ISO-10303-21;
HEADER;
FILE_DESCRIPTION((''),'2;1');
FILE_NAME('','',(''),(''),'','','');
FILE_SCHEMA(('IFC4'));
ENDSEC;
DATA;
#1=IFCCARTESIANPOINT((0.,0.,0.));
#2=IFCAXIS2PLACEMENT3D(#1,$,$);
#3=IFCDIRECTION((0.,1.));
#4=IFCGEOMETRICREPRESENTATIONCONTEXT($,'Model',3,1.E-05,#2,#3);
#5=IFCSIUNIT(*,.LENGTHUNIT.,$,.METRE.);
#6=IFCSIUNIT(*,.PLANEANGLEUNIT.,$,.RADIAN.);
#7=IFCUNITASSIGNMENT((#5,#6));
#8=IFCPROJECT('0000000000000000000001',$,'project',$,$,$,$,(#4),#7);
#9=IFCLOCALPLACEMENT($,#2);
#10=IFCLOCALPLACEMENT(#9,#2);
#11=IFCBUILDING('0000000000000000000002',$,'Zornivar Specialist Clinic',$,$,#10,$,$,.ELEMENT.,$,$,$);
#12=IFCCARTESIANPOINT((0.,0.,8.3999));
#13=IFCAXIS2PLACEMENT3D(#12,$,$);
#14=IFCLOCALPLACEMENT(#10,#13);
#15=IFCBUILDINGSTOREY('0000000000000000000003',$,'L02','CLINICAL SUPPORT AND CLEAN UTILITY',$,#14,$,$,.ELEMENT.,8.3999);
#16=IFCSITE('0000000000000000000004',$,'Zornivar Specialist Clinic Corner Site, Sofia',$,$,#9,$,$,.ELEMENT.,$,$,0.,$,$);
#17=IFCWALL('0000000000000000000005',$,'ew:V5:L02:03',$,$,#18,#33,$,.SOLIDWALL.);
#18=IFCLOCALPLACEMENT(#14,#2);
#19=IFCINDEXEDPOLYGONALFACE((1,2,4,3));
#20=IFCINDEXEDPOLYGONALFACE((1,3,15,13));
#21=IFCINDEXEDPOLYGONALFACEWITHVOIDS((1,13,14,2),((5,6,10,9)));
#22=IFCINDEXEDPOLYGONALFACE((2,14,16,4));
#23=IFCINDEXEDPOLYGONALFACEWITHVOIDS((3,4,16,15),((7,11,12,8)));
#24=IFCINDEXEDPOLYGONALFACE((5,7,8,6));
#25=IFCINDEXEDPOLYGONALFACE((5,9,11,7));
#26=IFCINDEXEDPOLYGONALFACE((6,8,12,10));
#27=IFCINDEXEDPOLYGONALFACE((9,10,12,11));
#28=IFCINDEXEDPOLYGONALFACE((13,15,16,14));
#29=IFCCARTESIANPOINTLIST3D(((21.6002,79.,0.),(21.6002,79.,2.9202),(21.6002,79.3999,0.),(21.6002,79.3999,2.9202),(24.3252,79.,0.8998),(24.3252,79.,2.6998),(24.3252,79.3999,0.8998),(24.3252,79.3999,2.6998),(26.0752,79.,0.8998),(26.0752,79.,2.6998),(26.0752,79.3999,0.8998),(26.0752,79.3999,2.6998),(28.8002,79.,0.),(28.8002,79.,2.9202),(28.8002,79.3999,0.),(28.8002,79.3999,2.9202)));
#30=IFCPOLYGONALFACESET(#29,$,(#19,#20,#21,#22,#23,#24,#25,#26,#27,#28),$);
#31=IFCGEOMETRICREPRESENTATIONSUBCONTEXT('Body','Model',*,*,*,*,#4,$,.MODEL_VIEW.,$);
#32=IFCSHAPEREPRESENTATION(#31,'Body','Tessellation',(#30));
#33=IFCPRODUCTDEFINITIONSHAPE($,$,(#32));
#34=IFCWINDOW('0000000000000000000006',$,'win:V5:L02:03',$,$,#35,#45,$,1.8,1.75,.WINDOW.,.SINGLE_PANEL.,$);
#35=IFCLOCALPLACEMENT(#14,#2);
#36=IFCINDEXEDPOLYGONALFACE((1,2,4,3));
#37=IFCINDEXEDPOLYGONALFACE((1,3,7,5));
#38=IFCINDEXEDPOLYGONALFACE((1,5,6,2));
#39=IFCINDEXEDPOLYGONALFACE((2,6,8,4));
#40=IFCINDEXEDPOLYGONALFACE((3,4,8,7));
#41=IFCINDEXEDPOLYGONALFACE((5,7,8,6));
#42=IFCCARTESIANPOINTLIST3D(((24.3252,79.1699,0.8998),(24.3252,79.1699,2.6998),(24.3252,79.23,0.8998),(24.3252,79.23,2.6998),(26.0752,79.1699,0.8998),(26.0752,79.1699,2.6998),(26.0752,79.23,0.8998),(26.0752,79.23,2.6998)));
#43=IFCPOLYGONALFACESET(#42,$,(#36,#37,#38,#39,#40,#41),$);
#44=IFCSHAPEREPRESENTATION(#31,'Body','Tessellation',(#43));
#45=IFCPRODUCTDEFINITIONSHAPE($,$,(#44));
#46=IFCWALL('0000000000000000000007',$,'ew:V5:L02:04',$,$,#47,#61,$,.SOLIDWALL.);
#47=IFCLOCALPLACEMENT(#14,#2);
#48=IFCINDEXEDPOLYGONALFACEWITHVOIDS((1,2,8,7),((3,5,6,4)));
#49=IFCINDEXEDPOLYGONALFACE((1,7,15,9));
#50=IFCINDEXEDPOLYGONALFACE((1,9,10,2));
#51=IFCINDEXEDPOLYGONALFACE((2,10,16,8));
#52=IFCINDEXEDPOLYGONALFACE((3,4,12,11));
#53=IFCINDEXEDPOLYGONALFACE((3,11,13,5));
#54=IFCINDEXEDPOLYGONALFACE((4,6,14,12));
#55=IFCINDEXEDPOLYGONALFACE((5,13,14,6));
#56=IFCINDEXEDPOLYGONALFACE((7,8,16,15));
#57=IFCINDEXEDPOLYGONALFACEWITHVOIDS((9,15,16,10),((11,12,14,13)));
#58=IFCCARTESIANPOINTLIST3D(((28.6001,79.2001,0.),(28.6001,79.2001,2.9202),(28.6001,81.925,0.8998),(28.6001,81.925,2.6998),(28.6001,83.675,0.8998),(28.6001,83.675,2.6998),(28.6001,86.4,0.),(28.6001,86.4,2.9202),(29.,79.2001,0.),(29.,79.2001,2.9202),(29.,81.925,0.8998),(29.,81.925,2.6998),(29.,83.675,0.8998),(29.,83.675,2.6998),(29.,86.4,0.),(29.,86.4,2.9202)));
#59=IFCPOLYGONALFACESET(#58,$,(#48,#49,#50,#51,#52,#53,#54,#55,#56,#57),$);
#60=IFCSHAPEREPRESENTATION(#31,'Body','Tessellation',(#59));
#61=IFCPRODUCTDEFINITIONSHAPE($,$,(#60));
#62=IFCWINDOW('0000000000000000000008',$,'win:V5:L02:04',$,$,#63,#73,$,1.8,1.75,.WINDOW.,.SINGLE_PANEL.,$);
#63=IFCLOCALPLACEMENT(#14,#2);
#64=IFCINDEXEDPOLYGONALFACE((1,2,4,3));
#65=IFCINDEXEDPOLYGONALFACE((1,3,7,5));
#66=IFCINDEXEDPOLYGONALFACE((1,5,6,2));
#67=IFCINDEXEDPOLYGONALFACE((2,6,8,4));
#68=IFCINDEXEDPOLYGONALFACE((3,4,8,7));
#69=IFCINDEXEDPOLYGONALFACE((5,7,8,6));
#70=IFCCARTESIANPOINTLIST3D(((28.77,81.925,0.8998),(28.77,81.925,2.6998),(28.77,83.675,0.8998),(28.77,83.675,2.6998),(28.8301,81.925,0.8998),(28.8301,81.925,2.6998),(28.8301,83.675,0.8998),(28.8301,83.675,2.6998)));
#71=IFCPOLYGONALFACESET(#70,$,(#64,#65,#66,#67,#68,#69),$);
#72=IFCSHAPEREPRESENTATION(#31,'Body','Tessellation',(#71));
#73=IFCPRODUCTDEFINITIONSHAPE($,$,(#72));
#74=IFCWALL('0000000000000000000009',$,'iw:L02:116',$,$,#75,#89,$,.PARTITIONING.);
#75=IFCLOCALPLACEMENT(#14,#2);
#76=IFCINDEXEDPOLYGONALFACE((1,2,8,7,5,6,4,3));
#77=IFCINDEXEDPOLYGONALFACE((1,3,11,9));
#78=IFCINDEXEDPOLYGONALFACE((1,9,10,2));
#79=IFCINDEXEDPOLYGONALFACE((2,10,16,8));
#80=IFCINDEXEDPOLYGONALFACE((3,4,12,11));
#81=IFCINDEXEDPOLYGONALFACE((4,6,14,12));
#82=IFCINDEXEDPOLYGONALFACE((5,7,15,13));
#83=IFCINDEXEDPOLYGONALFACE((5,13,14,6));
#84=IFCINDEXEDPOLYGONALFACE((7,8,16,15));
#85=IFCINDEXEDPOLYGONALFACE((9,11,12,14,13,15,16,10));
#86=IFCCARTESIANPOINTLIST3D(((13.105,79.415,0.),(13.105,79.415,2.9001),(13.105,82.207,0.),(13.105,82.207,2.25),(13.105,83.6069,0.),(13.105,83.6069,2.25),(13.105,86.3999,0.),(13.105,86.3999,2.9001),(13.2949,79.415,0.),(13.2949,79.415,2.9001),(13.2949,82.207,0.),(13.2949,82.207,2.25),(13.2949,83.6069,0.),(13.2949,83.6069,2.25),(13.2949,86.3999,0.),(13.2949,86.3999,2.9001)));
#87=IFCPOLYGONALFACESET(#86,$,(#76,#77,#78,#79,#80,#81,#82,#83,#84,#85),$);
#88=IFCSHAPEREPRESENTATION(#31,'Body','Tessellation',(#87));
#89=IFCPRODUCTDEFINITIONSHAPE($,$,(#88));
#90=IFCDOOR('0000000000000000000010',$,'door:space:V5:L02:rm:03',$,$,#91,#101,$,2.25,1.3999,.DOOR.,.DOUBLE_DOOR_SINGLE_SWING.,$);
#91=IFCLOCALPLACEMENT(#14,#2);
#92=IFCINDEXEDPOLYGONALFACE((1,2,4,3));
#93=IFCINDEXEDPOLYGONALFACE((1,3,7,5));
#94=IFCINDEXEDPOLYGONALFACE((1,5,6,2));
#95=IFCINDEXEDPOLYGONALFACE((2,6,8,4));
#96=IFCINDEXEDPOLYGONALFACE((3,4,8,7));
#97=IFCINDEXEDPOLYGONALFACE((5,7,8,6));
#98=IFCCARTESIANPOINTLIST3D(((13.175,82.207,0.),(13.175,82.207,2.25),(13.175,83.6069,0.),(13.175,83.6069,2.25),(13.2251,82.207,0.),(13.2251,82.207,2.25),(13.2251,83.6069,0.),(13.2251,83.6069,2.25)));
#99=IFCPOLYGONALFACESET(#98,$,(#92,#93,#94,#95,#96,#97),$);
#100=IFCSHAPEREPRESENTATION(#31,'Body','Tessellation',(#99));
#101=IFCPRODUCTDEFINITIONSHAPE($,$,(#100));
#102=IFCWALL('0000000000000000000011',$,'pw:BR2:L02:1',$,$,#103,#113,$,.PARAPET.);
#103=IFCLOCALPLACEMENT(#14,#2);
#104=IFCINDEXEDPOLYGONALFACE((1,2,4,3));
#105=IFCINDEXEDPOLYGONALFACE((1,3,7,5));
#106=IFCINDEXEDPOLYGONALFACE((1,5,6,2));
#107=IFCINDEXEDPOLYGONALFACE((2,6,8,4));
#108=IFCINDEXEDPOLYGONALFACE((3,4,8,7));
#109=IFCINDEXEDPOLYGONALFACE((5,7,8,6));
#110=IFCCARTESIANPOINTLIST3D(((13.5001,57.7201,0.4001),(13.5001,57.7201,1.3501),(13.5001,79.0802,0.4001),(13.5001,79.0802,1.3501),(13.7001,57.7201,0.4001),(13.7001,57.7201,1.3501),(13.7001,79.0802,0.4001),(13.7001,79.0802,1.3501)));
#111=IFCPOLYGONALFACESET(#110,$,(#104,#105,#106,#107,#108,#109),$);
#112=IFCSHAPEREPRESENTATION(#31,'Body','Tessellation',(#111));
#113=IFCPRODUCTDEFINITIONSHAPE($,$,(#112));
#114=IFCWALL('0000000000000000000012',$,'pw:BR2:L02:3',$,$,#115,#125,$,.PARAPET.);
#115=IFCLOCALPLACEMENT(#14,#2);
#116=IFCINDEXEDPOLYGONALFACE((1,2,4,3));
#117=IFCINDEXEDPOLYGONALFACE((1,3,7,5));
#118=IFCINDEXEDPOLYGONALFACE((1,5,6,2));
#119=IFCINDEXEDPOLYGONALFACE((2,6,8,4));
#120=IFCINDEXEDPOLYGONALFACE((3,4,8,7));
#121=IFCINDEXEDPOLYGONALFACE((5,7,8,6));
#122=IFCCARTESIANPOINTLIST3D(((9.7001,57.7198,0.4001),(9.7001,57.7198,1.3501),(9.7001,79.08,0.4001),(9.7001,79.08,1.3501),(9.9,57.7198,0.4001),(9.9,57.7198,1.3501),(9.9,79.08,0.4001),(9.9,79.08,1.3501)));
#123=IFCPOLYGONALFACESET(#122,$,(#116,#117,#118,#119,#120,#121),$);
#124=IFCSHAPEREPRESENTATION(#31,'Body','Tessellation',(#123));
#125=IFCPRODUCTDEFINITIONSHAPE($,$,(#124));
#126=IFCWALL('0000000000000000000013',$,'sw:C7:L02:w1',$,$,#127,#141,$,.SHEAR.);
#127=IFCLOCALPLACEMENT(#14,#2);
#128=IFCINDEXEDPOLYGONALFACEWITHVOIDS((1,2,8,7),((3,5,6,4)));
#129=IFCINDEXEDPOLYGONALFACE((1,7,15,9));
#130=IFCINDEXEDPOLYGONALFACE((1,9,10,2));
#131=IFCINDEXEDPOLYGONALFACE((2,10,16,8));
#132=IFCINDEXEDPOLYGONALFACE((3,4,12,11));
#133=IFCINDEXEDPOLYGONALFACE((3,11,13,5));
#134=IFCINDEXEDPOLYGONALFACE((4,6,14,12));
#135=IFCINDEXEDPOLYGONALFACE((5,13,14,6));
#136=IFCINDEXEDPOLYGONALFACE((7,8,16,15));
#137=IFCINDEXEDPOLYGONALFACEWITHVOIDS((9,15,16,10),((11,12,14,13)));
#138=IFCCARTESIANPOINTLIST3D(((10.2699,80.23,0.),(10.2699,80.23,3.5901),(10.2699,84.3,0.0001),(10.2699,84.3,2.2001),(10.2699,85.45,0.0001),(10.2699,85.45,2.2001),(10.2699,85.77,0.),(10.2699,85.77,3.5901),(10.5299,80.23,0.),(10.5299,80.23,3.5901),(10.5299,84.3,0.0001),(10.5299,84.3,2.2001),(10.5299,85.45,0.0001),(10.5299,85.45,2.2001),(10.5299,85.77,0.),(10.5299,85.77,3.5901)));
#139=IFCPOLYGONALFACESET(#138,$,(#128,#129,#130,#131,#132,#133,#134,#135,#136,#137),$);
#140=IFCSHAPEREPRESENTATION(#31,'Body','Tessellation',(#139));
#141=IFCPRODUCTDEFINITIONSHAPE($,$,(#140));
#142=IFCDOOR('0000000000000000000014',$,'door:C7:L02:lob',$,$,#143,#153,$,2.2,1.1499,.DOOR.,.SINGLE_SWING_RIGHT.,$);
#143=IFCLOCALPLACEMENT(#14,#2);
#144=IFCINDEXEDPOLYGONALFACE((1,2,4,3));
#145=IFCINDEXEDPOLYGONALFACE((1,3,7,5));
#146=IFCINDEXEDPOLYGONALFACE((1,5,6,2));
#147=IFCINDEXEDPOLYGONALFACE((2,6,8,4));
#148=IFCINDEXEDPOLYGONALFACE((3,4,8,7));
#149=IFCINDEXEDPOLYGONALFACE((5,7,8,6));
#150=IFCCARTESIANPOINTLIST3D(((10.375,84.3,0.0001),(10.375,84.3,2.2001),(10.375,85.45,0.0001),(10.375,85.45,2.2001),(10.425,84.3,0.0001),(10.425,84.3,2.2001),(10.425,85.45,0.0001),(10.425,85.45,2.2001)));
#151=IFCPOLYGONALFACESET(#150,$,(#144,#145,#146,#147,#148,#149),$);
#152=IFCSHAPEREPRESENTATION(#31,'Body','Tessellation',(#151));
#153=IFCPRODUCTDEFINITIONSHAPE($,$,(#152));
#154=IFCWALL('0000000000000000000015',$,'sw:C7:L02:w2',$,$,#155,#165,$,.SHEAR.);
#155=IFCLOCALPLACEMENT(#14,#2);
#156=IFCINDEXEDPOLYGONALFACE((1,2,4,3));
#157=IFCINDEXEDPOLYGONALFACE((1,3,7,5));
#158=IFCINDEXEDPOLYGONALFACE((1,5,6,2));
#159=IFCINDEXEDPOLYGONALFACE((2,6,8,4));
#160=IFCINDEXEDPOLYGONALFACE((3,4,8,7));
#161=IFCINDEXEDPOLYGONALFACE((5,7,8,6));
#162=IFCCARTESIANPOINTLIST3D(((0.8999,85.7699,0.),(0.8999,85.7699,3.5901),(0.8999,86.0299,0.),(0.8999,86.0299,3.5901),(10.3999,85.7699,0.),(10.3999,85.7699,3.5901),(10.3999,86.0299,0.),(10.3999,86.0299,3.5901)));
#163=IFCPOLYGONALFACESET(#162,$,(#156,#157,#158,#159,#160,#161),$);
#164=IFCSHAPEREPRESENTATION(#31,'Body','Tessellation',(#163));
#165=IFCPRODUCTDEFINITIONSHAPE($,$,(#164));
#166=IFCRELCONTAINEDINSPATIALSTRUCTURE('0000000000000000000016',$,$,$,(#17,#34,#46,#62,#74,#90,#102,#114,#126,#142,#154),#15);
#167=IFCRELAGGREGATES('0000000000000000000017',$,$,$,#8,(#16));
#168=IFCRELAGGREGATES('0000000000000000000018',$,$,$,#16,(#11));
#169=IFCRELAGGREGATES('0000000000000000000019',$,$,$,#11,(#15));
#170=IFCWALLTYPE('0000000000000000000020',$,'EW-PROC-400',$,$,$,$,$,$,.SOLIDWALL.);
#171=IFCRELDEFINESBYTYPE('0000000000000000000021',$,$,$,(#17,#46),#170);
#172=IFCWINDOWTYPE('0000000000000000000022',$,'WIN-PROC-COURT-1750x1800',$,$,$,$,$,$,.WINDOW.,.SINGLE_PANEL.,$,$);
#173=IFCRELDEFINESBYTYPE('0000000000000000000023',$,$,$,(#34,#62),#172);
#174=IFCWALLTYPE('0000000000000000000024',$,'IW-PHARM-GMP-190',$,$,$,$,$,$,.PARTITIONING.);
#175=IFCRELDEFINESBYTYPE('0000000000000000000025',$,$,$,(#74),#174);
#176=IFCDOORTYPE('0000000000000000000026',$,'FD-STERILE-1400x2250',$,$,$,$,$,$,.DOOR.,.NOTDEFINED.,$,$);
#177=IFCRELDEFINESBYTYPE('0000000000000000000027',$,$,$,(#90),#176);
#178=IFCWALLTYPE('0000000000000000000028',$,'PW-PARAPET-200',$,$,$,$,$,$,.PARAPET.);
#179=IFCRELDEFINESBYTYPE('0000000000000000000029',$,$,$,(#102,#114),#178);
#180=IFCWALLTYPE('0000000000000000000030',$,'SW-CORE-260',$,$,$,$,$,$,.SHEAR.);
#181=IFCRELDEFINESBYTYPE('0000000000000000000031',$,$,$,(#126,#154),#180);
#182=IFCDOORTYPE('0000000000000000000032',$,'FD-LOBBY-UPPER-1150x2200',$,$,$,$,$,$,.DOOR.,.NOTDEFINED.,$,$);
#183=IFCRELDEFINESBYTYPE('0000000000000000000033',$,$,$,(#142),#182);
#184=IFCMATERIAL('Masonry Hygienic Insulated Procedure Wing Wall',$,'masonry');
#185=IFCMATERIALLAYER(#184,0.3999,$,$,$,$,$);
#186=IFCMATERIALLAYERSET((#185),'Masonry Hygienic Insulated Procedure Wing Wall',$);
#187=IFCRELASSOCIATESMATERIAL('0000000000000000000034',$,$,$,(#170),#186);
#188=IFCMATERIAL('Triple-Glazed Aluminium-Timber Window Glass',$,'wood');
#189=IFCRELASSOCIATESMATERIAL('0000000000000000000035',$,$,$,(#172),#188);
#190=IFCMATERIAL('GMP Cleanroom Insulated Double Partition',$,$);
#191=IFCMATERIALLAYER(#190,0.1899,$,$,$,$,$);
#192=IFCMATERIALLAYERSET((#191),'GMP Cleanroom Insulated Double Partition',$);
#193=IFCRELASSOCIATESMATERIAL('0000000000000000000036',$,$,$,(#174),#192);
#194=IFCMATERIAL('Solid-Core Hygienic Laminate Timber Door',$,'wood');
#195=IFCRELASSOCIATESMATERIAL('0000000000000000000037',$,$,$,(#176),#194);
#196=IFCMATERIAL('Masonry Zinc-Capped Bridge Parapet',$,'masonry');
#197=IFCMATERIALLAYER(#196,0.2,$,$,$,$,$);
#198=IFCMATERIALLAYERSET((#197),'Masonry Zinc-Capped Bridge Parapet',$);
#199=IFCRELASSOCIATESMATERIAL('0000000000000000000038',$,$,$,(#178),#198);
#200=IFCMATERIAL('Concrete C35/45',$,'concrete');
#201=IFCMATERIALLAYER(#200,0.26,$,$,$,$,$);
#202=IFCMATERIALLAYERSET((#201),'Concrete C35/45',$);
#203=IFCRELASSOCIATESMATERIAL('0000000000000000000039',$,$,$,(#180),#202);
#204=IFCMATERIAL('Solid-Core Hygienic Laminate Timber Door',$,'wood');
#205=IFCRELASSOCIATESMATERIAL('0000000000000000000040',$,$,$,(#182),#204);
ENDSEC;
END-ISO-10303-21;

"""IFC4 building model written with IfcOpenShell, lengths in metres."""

from ifc_helpers import new_model, si_unit, direction, frame, frame_2d, origin, place, context, subcontext, project, spatial, rectangle, extrude, material, layer, layer_set, type_object, element, fill, save


model = new_model("IFC4")

# Units and contexts
model_context = context("Model", 3, precision=1e-05, world=origin(), true_north=direction((0.0, 1.0)))
body_context = subcontext(model_context, "Body", "Model", "MODEL_VIEW")
ifc_project = project(units=[si_unit("LENGTHUNIT", "METRE"), si_unit("PLANEANGLEUNIT", "RADIAN")], contexts=[model_context])

# Site, building, storey
site_placement = place(None, origin())
site = spatial("IfcSite", under=ifc_project, at=site_placement, Name="Zornivar Specialist Clinic Corner Site, Sofia", CompositionType="ELEMENT", RefElevation=0.0)
building_placement = place(site_placement, origin())
building = spatial("IfcBuilding", under=site, at=building_placement, Name="Zornivar Specialist Clinic", CompositionType="ELEMENT")
storey_placement = place(building_placement, frame((0.0, 0.0, 8.3999)))
storey = spatial("IfcBuildingStorey", under=building, at=storey_placement, Name="L02", Description="CLINICAL SUPPORT AND CLEAN UTILITY", CompositionType="ELEMENT", Elevation=8.3999)

# Walls, openings, windows
ifc_material_1 = material(Name="Masonry Hygienic Insulated Procedure Wing Wall", Category="masonry")
ifc_layer_1 = layer(ifc_material_1, 0.3999)
ifc_layer_set_1 = layer_set([ifc_layer_1], Name="Masonry Hygienic Insulated Procedure Wing Wall")
wall_type_1 = type_object("IfcWallType", Name="EW-PROC-400", PredefinedType="SOLIDWALL", material=ifc_layer_set_1)
ifc_material_2 = material(Name="Triple-Glazed Aluminium-Timber Window Glass", Category="wood")
window_type = type_object("IfcWindowType", Name="WIN-PROC-COURT-1750x1800", PartitioningType="SINGLE_PANEL", PredefinedType="WINDOW", material=ifc_material_2)
wall_1_placement = place(storey_placement, frame((21.6001, 79.2, 0.0), z_axis=(0.0, 0.0, 1.0), x_axis=(1.0, 0.0, 0.0)))
wall_1 = element("IfcWall", 1, at=wall_1_placement, inside=storey, type_object=wall_type_1, Name="ew:V5:L02:03", PredefinedType="SOLIDWALL", context=body_context, shape_type="SweptSolid", body=[
    extrude(rectangle(XDim=7.2, YDim=0.3999, at=frame_2d((3.6001, 0.0))), origin(), (0.0, 0.0, 1.0), 2.9202),
])
opening_1_placement = place(wall_1_placement, frame((2.7251, 0.0, 0.8999)))
opening_1 = element("IfcOpeningElement", 2, at=opening_1_placement, cuts=wall_1, PredefinedType="OPENING", context=body_context, shape_type="SweptSolid", body=[
    extrude(rectangle(XDim=1.75, YDim=1.8, at=frame_2d((0.875, 0.8999))), frame((0.0, 0.21, 0.0), z_axis=(0.0, -1.0, 0.0), x_axis=(1.0, 0.0, 0.0)), (0.0, 0.0, 1.0), 0.4199),
])
window_1_placement = place(opening_1_placement, origin())
window_1 = element("IfcWindow", 3, at=window_1_placement, inside=storey, type_object=window_type, Name="win:V5:L02:03", OverallHeight=1.8, OverallWidth=1.75, PartitioningType="SINGLE_PANEL", PredefinedType="WINDOW", context=body_context, shape_type="SweptSolid", body=[
    extrude(rectangle(XDim=1.75, YDim=1.8, at=frame_2d((0.875, 0.8999))), frame((0.0, 0.03, 0.0), z_axis=(0.0, -1.0, 0.0), x_axis=(1.0, 0.0, 0.0)), (0.0, 0.0, 1.0), 0.0601),
])
fill(opening_1, window_1)
wall_2_placement = place(storey_placement, frame((28.8, 79.2, 0.0), z_axis=(0.0, 0.0, 1.0), x_axis=(0.0, 1.0, 0.0)))
wall_2 = element("IfcWall", 4, at=wall_2_placement, inside=storey, type_object=wall_type_1, Name="ew:V5:L02:04", PredefinedType="SOLIDWALL", context=body_context, shape_type="SweptSolid", body=[
    extrude(rectangle(XDim=7.2, YDim=0.3999, at=frame_2d((3.6001, 0.0))), origin(), (0.0, 0.0, 1.0), 2.9202),
])
opening_2_placement = place(wall_2_placement, frame((2.7251, 0.0, 0.8999)))
opening_2 = element("IfcOpeningElement", 5, at=opening_2_placement, cuts=wall_2, PredefinedType="OPENING", context=body_context, shape_type="SweptSolid", body=[
    extrude(rectangle(XDim=1.75, YDim=1.8, at=frame_2d((0.875, 0.8999))), frame((0.0, 0.21, 0.0), z_axis=(0.0, -1.0, 0.0), x_axis=(1.0, 0.0, 0.0)), (0.0, 0.0, 1.0), 0.4199),
])
window_2_placement = place(opening_2_placement, origin())
window_2 = element("IfcWindow", 6, at=window_2_placement, inside=storey, type_object=window_type, Name="win:V5:L02:04", OverallHeight=1.8, OverallWidth=1.75, PartitioningType="SINGLE_PANEL", PredefinedType="WINDOW", context=body_context, shape_type="SweptSolid", body=[
    extrude(rectangle(XDim=1.75, YDim=1.8, at=frame_2d((0.875, 0.8999))), frame((0.0, 0.03, 0.0), z_axis=(0.0, -1.0, 0.0), x_axis=(1.0, 0.0, 0.0)), (0.0, 0.0, 1.0), 0.0601),
])
fill(opening_2, window_2)

# Wall, opening, door
ifc_material_3 = material(Name="GMP Cleanroom Insulated Double Partition")
ifc_layer_2 = layer(ifc_material_3, 0.1899)
ifc_layer_set_2 = layer_set([ifc_layer_2], Name="GMP Cleanroom Insulated Double Partition")
wall_type_2 = type_object("IfcWallType", Name="IW-PHARM-GMP-190", PredefinedType="PARTITIONING", material=ifc_layer_set_2)
wall_3_placement = place(storey_placement, frame((13.2, 79.415, 0.0), z_axis=(0.0, 0.0, 1.0), x_axis=(0.0, 1.0, 0.0)))
wall_3 = element("IfcWall", 7, at=wall_3_placement, inside=storey, type_object=wall_type_2, Name="iw:L02:116", PredefinedType="PARTITIONING", context=body_context, shape_type="SweptSolid", body=[
    extrude(rectangle(XDim=6.9849, YDim=0.1899, at=frame_2d((3.4924, 0.0))), origin(), (0.0, 0.0, 1.0), 2.9001),
])
opening_3_placement = place(wall_3_placement, frame((2.792, 0.0, 0.0)))
opening_3 = element("IfcOpeningElement", 8, at=opening_3_placement, cuts=wall_3, PredefinedType="OPENING", context=body_context, shape_type="SweptSolid", body=[
    extrude(rectangle(XDim=1.3999, YDim=2.25, at=frame_2d((0.7, 1.125))), frame((0.0, 0.105, 0.0), z_axis=(0.0, -1.0, 0.0), x_axis=(1.0, 0.0, 0.0)), (0.0, 0.0, 1.0), 0.21),
])
ifc_material_4 = material(Name="Solid-Core Hygienic Laminate Timber Door", Category="wood")
door_type_1 = type_object("IfcDoorType", Name="FD-STERILE-1400x2250", OperationType="NOTDEFINED", PredefinedType="DOOR", material=ifc_material_4)
door_1_placement = place(opening_3_placement, origin())
door_1 = element("IfcDoor", 9, at=door_1_placement, inside=storey, type_object=door_type_1, Name="door:space:V5:L02:rm:03", OperationType="DOUBLE_DOOR_SINGLE_SWING", OverallHeight=2.25, OverallWidth=1.3999, PredefinedType="DOOR", context=body_context, shape_type="SweptSolid", body=[
    extrude(rectangle(XDim=1.3999, YDim=2.25, at=frame_2d((0.7, 1.125))), frame((0.0, 0.0249, 0.0), z_axis=(0.0, -1.0, 0.0), x_axis=(1.0, 0.0, 0.0)), (0.0, 0.0, 1.0), 0.05),
])
fill(opening_3, door_1)

# Walls
ifc_material_5 = material(Name="Masonry Zinc-Capped Bridge Parapet", Category="masonry")
ifc_layer_3 = layer(ifc_material_5, 0.2)
ifc_layer_set_3 = layer_set([ifc_layer_3], Name="Masonry Zinc-Capped Bridge Parapet")
wall_type_3 = type_object("IfcWallType", Name="PW-PARAPET-200", PredefinedType="PARAPET", material=ifc_layer_set_3)
for number, where, z_axis, x_axis, name in (
    (10, (13.6001, 57.72, 0.4001), (0.0, 0.0, 1.0), (0.0, 1.0, 0.0), "pw:BR2:L02:1"),
    (11, (9.8, 79.0801, 0.4001), (0.0, 0.0, 1.0), (0.0, -1.0, 0.0), "pw:BR2:L02:3"),
):
    element("IfcWall", number, at=place(storey_placement, frame(where, z_axis=z_axis, x_axis=x_axis)), inside=storey, type_object=wall_type_3, Name=name, PredefinedType="PARAPET", context=body_context, shape_type="SweptSolid", body=[
        extrude(rectangle(XDim=21.3601, YDim=0.2, at=frame_2d((10.6802, 0.0))), origin(), (0.0, 0.0, 1.0), 0.95),
    ])

# Wall, opening, door
ifc_material_6 = material(Name="Concrete C35/45", Category="concrete")
ifc_layer_4 = layer(ifc_material_6, 0.26)
ifc_layer_set_4 = layer_set([ifc_layer_4], Name="Concrete C35/45")
wall_type_4 = type_object("IfcWallType", Name="SW-CORE-260", PredefinedType="SHEAR", material=ifc_layer_set_4)
wall_4_placement = place(storey_placement, frame((10.3999, 80.23, 0.0), z_axis=(0.0, 0.0, 1.0), x_axis=(0.0, 1.0, 0.0)))
wall_4 = element("IfcWall", 12, at=wall_4_placement, inside=storey, type_object=wall_type_4, Name="sw:C7:L02:w1", PredefinedType="SHEAR", context=body_context, shape_type="SweptSolid", body=[
    extrude(rectangle(XDim=5.54, YDim=0.26, at=frame_2d((2.77, 0.0))), origin(), (0.0, 0.0, 1.0), 3.5901),
])
opening_4_placement = place(wall_4_placement, frame((4.0701, 0.0, 0.0)))
opening_4 = element("IfcOpeningElement", 13, at=opening_4_placement, cuts=wall_4, PredefinedType="OPENING", context=body_context, shape_type="SweptSolid", body=[
    extrude(rectangle(XDim=1.1499, YDim=2.2, at=frame_2d((0.575, 1.1001))), frame((0.0, 0.1399, 0.0), z_axis=(0.0, -1.0, 0.0), x_axis=(1.0, 0.0, 0.0)), (0.0, 0.0, 1.0), 0.28),
])
ifc_material_7 = material(Name="Solid-Core Hygienic Laminate Timber Door", Category="wood")
door_type_2 = type_object("IfcDoorType", Name="FD-LOBBY-UPPER-1150x2200", OperationType="NOTDEFINED", PredefinedType="DOOR", material=ifc_material_7)
door_2_placement = place(opening_4_placement, origin())
door_2 = element("IfcDoor", 14, at=door_2_placement, inside=storey, type_object=door_type_2, Name="door:C7:L02:lob", OperationType="SINGLE_SWING_RIGHT", OverallHeight=2.2, OverallWidth=1.1499, PredefinedType="DOOR", context=body_context, shape_type="SweptSolid", body=[
    extrude(rectangle(XDim=1.1499, YDim=2.2, at=frame_2d((0.575, 1.1001))), frame((0.0, 0.0249, 0.0), z_axis=(0.0, -1.0, 0.0), x_axis=(1.0, 0.0, 0.0)), (0.0, 0.0, 1.0), 0.05),
])
fill(opening_4, door_2)

# Wall
wall_5_placement = place(storey_placement, frame((10.3999, 85.8999, 0.0), z_axis=(0.0, 0.0, 1.0), x_axis=(-1.0, 0.0, 0.0)))
element("IfcWall", 15, at=wall_5_placement, inside=storey, type_object=wall_type_4, Name="sw:C7:L02:w2", PredefinedType="SHEAR", context=body_context, shape_type="SweptSolid", body=[
    extrude(rectangle(XDim=9.5, YDim=0.26, at=frame_2d((4.75, 0.0))), origin(), (0.0, 0.0, 1.0), 3.5901),
])

save(model, "model.ifc")
